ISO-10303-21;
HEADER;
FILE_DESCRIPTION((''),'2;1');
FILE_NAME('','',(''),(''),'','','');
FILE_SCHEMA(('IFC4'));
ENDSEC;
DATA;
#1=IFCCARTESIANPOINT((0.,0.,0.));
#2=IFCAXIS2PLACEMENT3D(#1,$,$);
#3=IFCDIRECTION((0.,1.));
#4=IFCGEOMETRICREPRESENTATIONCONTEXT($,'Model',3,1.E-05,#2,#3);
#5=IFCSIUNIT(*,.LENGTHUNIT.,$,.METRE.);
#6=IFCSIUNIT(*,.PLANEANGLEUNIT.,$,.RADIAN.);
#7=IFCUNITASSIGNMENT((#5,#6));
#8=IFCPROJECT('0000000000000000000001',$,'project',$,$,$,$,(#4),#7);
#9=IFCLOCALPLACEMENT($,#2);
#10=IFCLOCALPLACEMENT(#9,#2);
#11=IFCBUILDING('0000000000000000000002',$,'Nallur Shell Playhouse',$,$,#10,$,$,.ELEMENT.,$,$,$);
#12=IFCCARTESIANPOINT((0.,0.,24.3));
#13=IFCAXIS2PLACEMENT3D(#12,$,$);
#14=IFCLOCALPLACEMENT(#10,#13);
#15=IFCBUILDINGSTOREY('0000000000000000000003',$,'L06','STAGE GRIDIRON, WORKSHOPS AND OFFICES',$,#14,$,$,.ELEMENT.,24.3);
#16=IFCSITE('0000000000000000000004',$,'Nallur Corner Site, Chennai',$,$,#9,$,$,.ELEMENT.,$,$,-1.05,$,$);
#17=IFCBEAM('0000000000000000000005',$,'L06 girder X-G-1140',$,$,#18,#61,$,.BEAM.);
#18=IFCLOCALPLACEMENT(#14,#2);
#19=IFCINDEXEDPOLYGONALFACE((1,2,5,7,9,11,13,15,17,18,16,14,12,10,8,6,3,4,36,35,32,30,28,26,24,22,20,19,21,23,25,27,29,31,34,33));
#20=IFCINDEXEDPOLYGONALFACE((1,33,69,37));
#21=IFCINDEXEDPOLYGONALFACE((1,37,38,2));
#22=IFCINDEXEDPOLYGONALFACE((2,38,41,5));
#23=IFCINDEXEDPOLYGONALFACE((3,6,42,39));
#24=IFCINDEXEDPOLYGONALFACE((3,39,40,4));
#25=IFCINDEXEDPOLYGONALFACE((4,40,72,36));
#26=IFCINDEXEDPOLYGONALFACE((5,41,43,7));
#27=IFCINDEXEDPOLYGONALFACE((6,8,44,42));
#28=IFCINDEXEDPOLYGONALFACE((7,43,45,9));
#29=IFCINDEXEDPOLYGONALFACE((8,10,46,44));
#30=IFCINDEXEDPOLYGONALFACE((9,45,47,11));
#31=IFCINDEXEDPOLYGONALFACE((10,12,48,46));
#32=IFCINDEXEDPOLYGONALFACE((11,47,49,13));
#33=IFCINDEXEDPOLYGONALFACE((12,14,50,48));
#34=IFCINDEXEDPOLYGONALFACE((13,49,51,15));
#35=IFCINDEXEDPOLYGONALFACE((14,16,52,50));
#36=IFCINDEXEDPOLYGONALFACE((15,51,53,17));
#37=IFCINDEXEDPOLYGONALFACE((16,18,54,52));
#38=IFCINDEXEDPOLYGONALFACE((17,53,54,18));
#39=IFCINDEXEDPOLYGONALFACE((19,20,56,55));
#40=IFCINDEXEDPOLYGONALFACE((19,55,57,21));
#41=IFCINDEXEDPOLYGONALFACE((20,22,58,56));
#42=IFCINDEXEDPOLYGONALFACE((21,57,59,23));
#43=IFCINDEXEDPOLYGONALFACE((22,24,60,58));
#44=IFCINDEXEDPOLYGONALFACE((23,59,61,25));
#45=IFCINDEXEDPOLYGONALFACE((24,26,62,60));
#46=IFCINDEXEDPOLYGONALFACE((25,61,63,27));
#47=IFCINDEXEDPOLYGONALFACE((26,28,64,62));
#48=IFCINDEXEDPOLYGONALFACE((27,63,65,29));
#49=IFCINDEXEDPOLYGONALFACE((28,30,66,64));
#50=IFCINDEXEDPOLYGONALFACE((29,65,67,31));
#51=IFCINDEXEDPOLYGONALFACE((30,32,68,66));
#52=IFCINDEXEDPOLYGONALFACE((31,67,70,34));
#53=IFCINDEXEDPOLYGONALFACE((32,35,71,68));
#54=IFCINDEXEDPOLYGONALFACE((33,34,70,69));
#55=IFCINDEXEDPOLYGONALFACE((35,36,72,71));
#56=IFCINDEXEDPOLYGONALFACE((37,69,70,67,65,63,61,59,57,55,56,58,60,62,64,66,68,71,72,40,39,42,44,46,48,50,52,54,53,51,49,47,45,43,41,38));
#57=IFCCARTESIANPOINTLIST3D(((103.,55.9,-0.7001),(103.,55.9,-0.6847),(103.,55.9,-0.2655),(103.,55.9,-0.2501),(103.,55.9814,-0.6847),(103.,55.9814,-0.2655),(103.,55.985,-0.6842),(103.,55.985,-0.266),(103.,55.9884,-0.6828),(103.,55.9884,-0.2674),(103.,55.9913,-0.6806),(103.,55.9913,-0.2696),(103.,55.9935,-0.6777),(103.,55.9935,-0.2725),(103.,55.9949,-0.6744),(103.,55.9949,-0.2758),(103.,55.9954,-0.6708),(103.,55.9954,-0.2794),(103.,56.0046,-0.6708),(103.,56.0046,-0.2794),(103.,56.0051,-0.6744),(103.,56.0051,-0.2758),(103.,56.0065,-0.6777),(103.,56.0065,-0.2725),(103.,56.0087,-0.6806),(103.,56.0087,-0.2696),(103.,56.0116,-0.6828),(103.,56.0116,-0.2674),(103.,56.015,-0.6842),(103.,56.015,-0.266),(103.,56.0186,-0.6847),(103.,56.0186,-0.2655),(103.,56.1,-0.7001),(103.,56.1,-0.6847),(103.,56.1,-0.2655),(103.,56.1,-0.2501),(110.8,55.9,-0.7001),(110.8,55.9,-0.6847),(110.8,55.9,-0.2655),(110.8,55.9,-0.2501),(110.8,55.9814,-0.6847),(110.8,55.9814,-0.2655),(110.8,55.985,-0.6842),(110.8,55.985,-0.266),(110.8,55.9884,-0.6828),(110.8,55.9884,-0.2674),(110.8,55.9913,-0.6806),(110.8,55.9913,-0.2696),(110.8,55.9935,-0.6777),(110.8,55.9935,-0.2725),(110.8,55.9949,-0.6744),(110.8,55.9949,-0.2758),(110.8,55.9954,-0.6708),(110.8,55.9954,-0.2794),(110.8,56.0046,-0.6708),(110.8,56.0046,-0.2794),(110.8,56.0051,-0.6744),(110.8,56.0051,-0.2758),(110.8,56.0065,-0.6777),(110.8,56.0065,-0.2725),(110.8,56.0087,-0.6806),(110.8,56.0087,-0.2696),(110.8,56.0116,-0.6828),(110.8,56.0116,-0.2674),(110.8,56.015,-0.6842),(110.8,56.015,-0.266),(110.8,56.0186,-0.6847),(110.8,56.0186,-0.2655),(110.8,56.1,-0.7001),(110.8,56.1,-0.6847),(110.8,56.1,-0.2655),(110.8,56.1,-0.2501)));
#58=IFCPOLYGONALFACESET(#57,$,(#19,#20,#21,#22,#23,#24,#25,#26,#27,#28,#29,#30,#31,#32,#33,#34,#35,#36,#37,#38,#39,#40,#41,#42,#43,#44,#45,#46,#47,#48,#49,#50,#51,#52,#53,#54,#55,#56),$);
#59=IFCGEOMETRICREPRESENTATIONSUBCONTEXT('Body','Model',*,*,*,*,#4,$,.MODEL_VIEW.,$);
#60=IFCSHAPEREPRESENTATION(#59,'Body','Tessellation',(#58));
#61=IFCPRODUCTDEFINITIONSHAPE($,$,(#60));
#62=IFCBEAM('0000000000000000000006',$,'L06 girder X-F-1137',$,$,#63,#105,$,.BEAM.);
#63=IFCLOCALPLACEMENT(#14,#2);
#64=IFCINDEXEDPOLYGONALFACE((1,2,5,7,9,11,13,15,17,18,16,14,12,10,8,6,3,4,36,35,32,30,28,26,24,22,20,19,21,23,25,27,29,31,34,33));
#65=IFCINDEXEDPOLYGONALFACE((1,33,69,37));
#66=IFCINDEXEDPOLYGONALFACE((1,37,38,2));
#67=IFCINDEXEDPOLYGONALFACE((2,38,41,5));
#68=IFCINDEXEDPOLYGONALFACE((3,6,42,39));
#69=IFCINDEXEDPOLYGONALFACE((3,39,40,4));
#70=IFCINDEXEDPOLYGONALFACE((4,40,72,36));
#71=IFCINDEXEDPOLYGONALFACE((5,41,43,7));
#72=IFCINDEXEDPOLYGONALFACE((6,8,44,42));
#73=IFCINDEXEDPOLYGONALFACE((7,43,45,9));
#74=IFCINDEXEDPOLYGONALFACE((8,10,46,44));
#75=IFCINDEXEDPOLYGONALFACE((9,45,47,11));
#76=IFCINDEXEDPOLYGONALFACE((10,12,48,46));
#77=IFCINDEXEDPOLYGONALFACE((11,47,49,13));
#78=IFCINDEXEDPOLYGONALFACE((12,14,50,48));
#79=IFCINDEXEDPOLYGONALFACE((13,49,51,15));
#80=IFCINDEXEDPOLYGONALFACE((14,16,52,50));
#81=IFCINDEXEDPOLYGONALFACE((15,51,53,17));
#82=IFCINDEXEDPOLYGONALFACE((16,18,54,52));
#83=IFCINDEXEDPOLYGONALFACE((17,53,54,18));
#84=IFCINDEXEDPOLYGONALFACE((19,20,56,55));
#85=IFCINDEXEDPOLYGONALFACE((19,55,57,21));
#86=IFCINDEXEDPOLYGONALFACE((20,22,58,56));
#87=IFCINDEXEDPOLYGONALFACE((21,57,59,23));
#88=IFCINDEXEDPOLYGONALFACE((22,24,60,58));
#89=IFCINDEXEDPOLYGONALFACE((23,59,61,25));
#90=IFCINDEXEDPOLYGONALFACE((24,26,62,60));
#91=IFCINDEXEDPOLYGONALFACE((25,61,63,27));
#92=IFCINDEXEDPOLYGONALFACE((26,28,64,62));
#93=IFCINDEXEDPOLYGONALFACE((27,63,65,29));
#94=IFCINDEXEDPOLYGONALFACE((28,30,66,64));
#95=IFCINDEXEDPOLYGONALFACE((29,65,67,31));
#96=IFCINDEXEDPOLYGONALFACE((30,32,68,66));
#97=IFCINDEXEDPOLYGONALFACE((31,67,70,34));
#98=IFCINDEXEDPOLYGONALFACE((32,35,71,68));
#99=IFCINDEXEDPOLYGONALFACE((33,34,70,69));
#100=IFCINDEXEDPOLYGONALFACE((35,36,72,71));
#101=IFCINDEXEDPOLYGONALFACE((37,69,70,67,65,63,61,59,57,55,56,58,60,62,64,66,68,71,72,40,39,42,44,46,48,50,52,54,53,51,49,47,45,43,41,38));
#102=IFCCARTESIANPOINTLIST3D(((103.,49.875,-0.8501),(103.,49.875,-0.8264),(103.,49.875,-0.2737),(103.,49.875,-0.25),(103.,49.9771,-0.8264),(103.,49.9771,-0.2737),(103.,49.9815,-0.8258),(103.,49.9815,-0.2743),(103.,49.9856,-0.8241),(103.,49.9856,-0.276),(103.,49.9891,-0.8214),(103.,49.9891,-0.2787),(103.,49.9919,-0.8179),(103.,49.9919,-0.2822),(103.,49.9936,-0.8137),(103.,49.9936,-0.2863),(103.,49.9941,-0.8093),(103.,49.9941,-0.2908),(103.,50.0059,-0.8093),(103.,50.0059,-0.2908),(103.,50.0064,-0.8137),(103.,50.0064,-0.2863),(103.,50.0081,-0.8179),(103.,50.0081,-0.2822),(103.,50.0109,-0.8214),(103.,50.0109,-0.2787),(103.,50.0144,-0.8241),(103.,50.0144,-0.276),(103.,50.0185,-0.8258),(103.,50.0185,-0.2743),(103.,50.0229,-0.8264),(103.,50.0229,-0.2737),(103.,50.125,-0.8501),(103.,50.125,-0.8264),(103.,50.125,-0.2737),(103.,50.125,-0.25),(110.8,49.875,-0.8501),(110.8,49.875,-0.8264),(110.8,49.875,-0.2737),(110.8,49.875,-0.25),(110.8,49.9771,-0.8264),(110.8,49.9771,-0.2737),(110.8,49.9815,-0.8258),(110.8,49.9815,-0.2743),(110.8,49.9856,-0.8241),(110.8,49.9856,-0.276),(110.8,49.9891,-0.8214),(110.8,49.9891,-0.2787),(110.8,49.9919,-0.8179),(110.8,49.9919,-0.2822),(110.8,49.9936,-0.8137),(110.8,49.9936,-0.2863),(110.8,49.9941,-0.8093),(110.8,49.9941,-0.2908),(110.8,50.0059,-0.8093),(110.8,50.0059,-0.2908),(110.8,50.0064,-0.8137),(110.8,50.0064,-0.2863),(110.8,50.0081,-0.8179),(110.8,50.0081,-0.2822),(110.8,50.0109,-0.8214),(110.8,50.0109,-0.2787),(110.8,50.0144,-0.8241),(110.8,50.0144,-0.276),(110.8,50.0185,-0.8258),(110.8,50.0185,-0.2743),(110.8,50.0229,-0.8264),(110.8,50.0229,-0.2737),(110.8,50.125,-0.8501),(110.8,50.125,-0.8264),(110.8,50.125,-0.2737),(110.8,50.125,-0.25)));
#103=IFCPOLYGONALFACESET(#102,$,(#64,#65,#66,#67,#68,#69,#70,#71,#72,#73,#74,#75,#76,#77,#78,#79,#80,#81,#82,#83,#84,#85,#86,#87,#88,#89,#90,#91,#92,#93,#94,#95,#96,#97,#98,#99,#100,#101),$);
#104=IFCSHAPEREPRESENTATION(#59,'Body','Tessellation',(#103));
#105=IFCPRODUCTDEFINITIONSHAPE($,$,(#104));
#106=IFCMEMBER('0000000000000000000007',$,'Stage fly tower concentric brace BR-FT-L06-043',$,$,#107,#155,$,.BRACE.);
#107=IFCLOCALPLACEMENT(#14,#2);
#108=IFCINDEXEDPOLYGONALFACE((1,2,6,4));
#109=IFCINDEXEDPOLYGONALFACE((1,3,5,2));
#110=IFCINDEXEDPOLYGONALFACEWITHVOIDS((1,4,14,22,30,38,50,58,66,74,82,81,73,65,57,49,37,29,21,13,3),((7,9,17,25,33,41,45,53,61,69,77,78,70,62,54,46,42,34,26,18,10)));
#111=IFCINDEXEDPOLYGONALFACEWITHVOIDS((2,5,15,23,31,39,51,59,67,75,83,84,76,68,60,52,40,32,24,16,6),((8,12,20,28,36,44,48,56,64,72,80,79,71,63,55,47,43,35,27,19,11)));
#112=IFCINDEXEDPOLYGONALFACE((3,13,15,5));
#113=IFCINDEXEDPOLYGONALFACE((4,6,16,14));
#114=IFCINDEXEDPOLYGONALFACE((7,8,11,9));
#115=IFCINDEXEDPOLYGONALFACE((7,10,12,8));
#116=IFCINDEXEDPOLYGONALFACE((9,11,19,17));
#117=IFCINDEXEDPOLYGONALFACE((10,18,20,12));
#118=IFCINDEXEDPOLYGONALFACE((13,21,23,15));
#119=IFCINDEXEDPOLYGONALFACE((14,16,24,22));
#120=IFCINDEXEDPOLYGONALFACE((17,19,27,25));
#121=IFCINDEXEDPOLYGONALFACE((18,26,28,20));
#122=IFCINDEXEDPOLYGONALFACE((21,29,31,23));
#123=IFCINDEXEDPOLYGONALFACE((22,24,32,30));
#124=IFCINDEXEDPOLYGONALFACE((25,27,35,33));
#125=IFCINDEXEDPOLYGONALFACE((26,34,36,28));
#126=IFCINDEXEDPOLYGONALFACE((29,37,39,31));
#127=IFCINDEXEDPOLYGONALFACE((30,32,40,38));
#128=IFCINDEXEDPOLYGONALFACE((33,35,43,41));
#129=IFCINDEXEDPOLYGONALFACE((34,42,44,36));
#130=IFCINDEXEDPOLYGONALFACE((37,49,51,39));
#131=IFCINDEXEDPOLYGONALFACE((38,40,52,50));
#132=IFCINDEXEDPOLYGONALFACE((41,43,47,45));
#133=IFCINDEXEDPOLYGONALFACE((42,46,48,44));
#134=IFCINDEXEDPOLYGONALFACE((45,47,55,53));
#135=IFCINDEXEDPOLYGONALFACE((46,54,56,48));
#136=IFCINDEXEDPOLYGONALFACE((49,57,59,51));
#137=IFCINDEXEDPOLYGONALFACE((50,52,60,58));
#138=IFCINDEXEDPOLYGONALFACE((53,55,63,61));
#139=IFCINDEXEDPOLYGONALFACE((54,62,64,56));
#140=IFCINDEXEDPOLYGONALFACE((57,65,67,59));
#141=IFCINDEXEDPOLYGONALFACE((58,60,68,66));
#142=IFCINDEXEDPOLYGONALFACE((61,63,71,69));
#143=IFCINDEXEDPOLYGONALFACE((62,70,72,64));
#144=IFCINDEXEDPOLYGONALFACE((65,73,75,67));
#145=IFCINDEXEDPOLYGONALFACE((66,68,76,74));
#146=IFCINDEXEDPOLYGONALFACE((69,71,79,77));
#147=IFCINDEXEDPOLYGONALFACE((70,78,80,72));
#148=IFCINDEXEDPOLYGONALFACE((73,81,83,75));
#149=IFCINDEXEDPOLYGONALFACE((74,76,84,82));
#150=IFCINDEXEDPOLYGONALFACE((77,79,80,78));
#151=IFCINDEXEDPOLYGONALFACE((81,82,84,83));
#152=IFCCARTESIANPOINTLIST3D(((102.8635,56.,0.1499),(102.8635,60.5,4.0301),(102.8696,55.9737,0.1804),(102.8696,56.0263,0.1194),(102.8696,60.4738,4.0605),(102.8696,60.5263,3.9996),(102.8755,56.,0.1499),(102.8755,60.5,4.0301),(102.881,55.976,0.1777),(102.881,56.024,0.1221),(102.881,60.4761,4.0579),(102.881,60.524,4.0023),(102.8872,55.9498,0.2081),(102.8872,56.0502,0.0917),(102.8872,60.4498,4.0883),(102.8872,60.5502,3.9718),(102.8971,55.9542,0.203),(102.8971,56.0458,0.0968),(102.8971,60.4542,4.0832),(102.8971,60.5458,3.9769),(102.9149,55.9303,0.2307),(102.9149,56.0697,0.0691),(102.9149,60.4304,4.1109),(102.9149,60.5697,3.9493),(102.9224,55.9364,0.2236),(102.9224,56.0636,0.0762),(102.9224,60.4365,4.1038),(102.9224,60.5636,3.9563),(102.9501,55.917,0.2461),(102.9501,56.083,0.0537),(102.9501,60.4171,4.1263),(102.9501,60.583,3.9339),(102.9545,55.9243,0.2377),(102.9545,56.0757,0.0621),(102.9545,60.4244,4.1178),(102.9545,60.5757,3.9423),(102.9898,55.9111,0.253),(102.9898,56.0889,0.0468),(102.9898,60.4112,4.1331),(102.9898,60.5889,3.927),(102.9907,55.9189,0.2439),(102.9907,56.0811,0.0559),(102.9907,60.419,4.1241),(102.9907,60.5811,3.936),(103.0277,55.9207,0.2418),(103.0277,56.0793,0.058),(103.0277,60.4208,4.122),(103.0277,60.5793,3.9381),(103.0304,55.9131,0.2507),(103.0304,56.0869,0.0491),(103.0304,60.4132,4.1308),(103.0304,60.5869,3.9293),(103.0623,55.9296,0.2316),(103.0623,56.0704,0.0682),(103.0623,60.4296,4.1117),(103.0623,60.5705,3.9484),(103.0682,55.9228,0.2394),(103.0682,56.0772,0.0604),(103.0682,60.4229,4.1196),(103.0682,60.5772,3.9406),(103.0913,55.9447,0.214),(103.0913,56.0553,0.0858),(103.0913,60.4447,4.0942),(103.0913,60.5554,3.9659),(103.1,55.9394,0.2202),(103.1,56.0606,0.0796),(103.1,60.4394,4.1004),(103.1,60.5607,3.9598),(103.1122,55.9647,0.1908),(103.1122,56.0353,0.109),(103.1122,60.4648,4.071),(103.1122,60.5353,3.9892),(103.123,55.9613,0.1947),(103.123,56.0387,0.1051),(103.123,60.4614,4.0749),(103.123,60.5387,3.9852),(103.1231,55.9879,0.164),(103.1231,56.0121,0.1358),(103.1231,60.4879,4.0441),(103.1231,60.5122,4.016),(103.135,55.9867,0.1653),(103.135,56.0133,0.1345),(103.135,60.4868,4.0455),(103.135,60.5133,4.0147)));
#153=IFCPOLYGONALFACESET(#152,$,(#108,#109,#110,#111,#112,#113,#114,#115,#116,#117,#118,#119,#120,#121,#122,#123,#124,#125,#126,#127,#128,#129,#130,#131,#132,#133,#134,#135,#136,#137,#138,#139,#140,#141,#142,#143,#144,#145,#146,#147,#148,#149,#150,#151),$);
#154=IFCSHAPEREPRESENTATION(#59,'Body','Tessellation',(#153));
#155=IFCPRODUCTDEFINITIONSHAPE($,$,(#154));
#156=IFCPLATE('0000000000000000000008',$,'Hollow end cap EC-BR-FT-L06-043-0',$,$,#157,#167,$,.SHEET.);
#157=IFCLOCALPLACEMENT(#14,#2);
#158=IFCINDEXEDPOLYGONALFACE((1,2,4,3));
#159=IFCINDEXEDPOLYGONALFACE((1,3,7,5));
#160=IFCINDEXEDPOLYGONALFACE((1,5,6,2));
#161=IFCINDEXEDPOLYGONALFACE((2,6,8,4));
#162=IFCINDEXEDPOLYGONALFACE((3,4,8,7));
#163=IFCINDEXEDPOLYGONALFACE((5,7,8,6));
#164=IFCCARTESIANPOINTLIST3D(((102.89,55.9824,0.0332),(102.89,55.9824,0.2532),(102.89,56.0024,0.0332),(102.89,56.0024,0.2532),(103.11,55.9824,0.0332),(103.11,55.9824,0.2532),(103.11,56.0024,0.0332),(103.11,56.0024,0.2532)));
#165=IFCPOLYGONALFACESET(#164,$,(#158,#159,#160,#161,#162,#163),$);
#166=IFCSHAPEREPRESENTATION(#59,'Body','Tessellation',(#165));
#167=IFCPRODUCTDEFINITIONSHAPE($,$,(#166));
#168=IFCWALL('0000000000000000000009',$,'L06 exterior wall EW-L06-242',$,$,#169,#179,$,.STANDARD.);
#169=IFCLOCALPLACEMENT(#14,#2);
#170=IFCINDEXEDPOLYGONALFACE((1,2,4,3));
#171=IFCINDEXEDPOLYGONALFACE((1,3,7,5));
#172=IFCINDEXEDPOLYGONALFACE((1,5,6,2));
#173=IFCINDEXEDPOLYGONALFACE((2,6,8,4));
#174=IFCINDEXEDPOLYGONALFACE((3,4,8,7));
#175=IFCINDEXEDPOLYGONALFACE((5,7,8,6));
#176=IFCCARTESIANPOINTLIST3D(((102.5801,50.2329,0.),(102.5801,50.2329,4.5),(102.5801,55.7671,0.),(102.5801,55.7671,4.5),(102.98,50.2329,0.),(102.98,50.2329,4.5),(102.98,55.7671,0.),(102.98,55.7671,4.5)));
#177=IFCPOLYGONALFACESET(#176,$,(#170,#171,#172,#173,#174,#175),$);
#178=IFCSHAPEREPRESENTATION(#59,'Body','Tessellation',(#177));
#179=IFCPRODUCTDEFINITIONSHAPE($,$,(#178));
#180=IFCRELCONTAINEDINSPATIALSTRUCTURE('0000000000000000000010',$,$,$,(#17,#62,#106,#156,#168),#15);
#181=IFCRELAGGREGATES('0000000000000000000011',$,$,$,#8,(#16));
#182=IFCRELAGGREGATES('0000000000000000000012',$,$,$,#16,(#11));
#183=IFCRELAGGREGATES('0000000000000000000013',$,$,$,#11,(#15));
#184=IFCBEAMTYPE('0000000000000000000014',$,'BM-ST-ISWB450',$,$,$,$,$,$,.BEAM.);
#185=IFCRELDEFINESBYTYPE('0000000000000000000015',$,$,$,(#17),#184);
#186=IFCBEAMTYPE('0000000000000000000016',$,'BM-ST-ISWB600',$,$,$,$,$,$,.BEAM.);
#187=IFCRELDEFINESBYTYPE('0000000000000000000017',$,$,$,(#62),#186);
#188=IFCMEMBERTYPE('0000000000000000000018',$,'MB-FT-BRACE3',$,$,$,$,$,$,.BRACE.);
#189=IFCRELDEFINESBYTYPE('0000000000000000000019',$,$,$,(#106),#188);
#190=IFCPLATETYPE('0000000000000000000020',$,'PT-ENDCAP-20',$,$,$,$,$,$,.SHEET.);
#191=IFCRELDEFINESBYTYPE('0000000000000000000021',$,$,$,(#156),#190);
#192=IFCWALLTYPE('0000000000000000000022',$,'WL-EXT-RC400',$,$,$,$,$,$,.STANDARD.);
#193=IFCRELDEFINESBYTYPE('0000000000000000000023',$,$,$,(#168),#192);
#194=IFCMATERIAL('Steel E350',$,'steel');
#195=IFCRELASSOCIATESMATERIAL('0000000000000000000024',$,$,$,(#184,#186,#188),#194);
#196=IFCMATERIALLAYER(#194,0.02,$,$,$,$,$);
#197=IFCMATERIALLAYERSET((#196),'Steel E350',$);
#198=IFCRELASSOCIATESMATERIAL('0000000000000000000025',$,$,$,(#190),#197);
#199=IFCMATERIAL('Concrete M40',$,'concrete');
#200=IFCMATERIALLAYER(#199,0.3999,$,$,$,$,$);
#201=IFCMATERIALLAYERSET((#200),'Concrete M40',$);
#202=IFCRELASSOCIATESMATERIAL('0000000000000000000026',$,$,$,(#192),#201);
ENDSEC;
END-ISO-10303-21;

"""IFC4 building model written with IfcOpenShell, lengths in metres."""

from ifc_helpers import new_model, si_unit, direction, frame, frame_2d, origin, origin_2d, place, context, subcontext, project, spatial, rectangle, hollow_circle, i_section, extrude, material, layer, layer_set, material_profile, profile_set, type_object, element, save


model = new_model("IFC4")

# Units and contexts
model_context = context("Model", 3, precision=1e-05, world=origin(), true_north=direction((0.0, 1.0)))
body_context = subcontext(model_context, "Body", "Model", "MODEL_VIEW")
ifc_project = project(units=[si_unit("LENGTHUNIT", "METRE"), si_unit("PLANEANGLEUNIT", "RADIAN")], contexts=[model_context])

# Site, building, storey
site_placement = place(None, origin())
site = spatial("IfcSite", under=ifc_project, at=site_placement, Name="Nallur Corner Site, Chennai", CompositionType="ELEMENT", RefElevation=-1.05)
building_placement = place(site_placement, origin())
building = spatial("IfcBuilding", under=site, at=building_placement, Name="Nallur Shell Playhouse", CompositionType="ELEMENT")
storey_placement = place(building_placement, frame((0.0, 0.0, 24.3)))
storey = spatial("IfcBuildingStorey", under=building, at=storey_placement, Name="L06", Description="STAGE GRIDIRON, WORKSHOPS AND OFFICES", CompositionType="ELEMENT", Elevation=24.3)

# Shared definitions
ifc_material_1 = material(Name="Steel E350", Category="steel")

# Beams
ifc_material_profile_1 = material_profile(ifc_material_1, i_section(OverallWidth=0.2, OverallDepth=0.45, WebThickness=0.0093, FlangeThickness=0.0154, FilletRadius=0.0139, at=origin_2d()), Name="ISWB 450")
ifc_profile_set_1 = profile_set([ifc_material_profile_1], Name="Steel E350")
beam_type_1 = type_object("IfcBeamType", Name="BM-ST-ISWB450", PredefinedType="BEAM", material=ifc_profile_set_1)
beam_1_placement = place(storey_placement, frame((103.0, 56.0, -0.4751), z_axis=(1.0, 0.0, 0.0), x_axis=(0.0, 1.0, 0.0)))
element("IfcBeam", 1, at=beam_1_placement, inside=storey, type_object=beam_type_1, Name="L06 girder X-G-1140", PredefinedType="BEAM", context=body_context, shape_type="SweptSolid", body=[
    extrude(i_section(OverallWidth=0.2, OverallDepth=0.45, WebThickness=0.0093, FlangeThickness=0.0154, FilletRadius=0.0139, at=origin_2d()), origin(), (0.0, 0.0, 1.0), 7.8),
])
ifc_material_profile_2 = material_profile(ifc_material_1, i_section(OverallWidth=0.25, OverallDepth=0.6001, WebThickness=0.0117, FlangeThickness=0.0237, FilletRadius=0.0171, at=origin_2d()), Name="ISWB 600")
ifc_profile_set_2 = profile_set([ifc_material_profile_2], Name="Steel E350")
beam_type_2 = type_object("IfcBeamType", Name="BM-ST-ISWB600", PredefinedType="BEAM", material=ifc_profile_set_2)
beam_2_placement = place(storey_placement, frame((103.0, 50.0, -0.55), z_axis=(1.0, 0.0, 0.0), x_axis=(0.0, 1.0, 0.0)))
element("IfcBeam", 2, at=beam_2_placement, inside=storey, type_object=beam_type_2, Name="L06 girder X-F-1137", PredefinedType="BEAM", context=body_context, shape_type="SweptSolid", body=[
    extrude(i_section(OverallWidth=0.25, OverallDepth=0.6001, WebThickness=0.0117, FlangeThickness=0.0237, FilletRadius=0.0171, at=origin_2d()), origin(), (0.0, 0.0, 1.0), 7.8),
])

# Member
ifc_material_profile_3 = material_profile(ifc_material_1, hollow_circle(Radius=0.1365, WallThickness=0.012, at=origin_2d()), Name="CHS 273.0x12")
ifc_profile_set_3 = profile_set([ifc_material_profile_3], Name="Steel E350")
member_type = type_object("IfcMemberType", Name="MB-FT-BRACE3", PredefinedType="BRACE", material=ifc_profile_set_3)
member_placement = place(storey_placement, frame((103.0, 56.0, 0.1499), z_axis=(0.0, 0.757342, 0.653018), x_axis=(-1.0, 0.0, 0.0)))
element("IfcMember", 3, at=member_placement, inside=storey, type_object=member_type, Name="Stage fly tower concentric brace BR-FT-L06-043", PredefinedType="BRACE", context=body_context, shape_type="SweptSolid", body=[
    extrude(hollow_circle(Radius=0.1365, WallThickness=0.012, at=origin_2d()), origin(), (0.0, 0.0, 1.0), 5.9419),
])

# Plate
ifc_layer_1 = layer(ifc_material_1, 0.02)
ifc_layer_set_1 = layer_set([ifc_layer_1], Name="Steel E350")
plate_type = type_object("IfcPlateType", Name="PT-ENDCAP-20", PredefinedType="SHEET", material=ifc_layer_set_1)
plate_placement = place(storey_placement, frame((103.0, 55.9924, 0.0332), z_axis=(0.0, 0.0, 1.0), x_axis=(1.0, 0.0, 0.0)))
element("IfcPlate", 4, at=plate_placement, inside=storey, type_object=plate_type, Name="Hollow end cap EC-BR-FT-L06-043-0", PredefinedType="SHEET", context=body_context, shape_type="SweptSolid", body=[
    extrude(rectangle(XDim=0.22, YDim=0.02, at=origin_2d()), origin(), (0.0, 0.0, 1.0), 0.22),
])

# Wall
ifc_material_2 = material(Name="Concrete M40", Category="concrete")
ifc_layer_2 = layer(ifc_material_2, 0.3999)
ifc_layer_set_2 = layer_set([ifc_layer_2], Name="Concrete M40")
wall_type_1 = type_object("IfcWallType", Name="WL-EXT-RC400", PredefinedType="STANDARD", material=ifc_layer_set_2)
wall_1_placement = place(storey_placement, frame((102.78, 55.7671, 0.0), z_axis=(0.0, 0.0, 1.0), x_axis=(0.0, -1.0, 0.0)))
element("IfcWall", 5, at=wall_1_placement, inside=storey, type_object=wall_type_1, Name="L06 exterior wall EW-L06-242", PredefinedType="STANDARD", context=body_context, shape_type="SweptSolid", body=[
    extrude(rectangle(XDim=5.5342, YDim=0.3999, at=frame_2d((2.7671, 0.0))), origin(), (0.0, 0.0, 1.0), 4.5),
])

save(model, "model.ifc")
